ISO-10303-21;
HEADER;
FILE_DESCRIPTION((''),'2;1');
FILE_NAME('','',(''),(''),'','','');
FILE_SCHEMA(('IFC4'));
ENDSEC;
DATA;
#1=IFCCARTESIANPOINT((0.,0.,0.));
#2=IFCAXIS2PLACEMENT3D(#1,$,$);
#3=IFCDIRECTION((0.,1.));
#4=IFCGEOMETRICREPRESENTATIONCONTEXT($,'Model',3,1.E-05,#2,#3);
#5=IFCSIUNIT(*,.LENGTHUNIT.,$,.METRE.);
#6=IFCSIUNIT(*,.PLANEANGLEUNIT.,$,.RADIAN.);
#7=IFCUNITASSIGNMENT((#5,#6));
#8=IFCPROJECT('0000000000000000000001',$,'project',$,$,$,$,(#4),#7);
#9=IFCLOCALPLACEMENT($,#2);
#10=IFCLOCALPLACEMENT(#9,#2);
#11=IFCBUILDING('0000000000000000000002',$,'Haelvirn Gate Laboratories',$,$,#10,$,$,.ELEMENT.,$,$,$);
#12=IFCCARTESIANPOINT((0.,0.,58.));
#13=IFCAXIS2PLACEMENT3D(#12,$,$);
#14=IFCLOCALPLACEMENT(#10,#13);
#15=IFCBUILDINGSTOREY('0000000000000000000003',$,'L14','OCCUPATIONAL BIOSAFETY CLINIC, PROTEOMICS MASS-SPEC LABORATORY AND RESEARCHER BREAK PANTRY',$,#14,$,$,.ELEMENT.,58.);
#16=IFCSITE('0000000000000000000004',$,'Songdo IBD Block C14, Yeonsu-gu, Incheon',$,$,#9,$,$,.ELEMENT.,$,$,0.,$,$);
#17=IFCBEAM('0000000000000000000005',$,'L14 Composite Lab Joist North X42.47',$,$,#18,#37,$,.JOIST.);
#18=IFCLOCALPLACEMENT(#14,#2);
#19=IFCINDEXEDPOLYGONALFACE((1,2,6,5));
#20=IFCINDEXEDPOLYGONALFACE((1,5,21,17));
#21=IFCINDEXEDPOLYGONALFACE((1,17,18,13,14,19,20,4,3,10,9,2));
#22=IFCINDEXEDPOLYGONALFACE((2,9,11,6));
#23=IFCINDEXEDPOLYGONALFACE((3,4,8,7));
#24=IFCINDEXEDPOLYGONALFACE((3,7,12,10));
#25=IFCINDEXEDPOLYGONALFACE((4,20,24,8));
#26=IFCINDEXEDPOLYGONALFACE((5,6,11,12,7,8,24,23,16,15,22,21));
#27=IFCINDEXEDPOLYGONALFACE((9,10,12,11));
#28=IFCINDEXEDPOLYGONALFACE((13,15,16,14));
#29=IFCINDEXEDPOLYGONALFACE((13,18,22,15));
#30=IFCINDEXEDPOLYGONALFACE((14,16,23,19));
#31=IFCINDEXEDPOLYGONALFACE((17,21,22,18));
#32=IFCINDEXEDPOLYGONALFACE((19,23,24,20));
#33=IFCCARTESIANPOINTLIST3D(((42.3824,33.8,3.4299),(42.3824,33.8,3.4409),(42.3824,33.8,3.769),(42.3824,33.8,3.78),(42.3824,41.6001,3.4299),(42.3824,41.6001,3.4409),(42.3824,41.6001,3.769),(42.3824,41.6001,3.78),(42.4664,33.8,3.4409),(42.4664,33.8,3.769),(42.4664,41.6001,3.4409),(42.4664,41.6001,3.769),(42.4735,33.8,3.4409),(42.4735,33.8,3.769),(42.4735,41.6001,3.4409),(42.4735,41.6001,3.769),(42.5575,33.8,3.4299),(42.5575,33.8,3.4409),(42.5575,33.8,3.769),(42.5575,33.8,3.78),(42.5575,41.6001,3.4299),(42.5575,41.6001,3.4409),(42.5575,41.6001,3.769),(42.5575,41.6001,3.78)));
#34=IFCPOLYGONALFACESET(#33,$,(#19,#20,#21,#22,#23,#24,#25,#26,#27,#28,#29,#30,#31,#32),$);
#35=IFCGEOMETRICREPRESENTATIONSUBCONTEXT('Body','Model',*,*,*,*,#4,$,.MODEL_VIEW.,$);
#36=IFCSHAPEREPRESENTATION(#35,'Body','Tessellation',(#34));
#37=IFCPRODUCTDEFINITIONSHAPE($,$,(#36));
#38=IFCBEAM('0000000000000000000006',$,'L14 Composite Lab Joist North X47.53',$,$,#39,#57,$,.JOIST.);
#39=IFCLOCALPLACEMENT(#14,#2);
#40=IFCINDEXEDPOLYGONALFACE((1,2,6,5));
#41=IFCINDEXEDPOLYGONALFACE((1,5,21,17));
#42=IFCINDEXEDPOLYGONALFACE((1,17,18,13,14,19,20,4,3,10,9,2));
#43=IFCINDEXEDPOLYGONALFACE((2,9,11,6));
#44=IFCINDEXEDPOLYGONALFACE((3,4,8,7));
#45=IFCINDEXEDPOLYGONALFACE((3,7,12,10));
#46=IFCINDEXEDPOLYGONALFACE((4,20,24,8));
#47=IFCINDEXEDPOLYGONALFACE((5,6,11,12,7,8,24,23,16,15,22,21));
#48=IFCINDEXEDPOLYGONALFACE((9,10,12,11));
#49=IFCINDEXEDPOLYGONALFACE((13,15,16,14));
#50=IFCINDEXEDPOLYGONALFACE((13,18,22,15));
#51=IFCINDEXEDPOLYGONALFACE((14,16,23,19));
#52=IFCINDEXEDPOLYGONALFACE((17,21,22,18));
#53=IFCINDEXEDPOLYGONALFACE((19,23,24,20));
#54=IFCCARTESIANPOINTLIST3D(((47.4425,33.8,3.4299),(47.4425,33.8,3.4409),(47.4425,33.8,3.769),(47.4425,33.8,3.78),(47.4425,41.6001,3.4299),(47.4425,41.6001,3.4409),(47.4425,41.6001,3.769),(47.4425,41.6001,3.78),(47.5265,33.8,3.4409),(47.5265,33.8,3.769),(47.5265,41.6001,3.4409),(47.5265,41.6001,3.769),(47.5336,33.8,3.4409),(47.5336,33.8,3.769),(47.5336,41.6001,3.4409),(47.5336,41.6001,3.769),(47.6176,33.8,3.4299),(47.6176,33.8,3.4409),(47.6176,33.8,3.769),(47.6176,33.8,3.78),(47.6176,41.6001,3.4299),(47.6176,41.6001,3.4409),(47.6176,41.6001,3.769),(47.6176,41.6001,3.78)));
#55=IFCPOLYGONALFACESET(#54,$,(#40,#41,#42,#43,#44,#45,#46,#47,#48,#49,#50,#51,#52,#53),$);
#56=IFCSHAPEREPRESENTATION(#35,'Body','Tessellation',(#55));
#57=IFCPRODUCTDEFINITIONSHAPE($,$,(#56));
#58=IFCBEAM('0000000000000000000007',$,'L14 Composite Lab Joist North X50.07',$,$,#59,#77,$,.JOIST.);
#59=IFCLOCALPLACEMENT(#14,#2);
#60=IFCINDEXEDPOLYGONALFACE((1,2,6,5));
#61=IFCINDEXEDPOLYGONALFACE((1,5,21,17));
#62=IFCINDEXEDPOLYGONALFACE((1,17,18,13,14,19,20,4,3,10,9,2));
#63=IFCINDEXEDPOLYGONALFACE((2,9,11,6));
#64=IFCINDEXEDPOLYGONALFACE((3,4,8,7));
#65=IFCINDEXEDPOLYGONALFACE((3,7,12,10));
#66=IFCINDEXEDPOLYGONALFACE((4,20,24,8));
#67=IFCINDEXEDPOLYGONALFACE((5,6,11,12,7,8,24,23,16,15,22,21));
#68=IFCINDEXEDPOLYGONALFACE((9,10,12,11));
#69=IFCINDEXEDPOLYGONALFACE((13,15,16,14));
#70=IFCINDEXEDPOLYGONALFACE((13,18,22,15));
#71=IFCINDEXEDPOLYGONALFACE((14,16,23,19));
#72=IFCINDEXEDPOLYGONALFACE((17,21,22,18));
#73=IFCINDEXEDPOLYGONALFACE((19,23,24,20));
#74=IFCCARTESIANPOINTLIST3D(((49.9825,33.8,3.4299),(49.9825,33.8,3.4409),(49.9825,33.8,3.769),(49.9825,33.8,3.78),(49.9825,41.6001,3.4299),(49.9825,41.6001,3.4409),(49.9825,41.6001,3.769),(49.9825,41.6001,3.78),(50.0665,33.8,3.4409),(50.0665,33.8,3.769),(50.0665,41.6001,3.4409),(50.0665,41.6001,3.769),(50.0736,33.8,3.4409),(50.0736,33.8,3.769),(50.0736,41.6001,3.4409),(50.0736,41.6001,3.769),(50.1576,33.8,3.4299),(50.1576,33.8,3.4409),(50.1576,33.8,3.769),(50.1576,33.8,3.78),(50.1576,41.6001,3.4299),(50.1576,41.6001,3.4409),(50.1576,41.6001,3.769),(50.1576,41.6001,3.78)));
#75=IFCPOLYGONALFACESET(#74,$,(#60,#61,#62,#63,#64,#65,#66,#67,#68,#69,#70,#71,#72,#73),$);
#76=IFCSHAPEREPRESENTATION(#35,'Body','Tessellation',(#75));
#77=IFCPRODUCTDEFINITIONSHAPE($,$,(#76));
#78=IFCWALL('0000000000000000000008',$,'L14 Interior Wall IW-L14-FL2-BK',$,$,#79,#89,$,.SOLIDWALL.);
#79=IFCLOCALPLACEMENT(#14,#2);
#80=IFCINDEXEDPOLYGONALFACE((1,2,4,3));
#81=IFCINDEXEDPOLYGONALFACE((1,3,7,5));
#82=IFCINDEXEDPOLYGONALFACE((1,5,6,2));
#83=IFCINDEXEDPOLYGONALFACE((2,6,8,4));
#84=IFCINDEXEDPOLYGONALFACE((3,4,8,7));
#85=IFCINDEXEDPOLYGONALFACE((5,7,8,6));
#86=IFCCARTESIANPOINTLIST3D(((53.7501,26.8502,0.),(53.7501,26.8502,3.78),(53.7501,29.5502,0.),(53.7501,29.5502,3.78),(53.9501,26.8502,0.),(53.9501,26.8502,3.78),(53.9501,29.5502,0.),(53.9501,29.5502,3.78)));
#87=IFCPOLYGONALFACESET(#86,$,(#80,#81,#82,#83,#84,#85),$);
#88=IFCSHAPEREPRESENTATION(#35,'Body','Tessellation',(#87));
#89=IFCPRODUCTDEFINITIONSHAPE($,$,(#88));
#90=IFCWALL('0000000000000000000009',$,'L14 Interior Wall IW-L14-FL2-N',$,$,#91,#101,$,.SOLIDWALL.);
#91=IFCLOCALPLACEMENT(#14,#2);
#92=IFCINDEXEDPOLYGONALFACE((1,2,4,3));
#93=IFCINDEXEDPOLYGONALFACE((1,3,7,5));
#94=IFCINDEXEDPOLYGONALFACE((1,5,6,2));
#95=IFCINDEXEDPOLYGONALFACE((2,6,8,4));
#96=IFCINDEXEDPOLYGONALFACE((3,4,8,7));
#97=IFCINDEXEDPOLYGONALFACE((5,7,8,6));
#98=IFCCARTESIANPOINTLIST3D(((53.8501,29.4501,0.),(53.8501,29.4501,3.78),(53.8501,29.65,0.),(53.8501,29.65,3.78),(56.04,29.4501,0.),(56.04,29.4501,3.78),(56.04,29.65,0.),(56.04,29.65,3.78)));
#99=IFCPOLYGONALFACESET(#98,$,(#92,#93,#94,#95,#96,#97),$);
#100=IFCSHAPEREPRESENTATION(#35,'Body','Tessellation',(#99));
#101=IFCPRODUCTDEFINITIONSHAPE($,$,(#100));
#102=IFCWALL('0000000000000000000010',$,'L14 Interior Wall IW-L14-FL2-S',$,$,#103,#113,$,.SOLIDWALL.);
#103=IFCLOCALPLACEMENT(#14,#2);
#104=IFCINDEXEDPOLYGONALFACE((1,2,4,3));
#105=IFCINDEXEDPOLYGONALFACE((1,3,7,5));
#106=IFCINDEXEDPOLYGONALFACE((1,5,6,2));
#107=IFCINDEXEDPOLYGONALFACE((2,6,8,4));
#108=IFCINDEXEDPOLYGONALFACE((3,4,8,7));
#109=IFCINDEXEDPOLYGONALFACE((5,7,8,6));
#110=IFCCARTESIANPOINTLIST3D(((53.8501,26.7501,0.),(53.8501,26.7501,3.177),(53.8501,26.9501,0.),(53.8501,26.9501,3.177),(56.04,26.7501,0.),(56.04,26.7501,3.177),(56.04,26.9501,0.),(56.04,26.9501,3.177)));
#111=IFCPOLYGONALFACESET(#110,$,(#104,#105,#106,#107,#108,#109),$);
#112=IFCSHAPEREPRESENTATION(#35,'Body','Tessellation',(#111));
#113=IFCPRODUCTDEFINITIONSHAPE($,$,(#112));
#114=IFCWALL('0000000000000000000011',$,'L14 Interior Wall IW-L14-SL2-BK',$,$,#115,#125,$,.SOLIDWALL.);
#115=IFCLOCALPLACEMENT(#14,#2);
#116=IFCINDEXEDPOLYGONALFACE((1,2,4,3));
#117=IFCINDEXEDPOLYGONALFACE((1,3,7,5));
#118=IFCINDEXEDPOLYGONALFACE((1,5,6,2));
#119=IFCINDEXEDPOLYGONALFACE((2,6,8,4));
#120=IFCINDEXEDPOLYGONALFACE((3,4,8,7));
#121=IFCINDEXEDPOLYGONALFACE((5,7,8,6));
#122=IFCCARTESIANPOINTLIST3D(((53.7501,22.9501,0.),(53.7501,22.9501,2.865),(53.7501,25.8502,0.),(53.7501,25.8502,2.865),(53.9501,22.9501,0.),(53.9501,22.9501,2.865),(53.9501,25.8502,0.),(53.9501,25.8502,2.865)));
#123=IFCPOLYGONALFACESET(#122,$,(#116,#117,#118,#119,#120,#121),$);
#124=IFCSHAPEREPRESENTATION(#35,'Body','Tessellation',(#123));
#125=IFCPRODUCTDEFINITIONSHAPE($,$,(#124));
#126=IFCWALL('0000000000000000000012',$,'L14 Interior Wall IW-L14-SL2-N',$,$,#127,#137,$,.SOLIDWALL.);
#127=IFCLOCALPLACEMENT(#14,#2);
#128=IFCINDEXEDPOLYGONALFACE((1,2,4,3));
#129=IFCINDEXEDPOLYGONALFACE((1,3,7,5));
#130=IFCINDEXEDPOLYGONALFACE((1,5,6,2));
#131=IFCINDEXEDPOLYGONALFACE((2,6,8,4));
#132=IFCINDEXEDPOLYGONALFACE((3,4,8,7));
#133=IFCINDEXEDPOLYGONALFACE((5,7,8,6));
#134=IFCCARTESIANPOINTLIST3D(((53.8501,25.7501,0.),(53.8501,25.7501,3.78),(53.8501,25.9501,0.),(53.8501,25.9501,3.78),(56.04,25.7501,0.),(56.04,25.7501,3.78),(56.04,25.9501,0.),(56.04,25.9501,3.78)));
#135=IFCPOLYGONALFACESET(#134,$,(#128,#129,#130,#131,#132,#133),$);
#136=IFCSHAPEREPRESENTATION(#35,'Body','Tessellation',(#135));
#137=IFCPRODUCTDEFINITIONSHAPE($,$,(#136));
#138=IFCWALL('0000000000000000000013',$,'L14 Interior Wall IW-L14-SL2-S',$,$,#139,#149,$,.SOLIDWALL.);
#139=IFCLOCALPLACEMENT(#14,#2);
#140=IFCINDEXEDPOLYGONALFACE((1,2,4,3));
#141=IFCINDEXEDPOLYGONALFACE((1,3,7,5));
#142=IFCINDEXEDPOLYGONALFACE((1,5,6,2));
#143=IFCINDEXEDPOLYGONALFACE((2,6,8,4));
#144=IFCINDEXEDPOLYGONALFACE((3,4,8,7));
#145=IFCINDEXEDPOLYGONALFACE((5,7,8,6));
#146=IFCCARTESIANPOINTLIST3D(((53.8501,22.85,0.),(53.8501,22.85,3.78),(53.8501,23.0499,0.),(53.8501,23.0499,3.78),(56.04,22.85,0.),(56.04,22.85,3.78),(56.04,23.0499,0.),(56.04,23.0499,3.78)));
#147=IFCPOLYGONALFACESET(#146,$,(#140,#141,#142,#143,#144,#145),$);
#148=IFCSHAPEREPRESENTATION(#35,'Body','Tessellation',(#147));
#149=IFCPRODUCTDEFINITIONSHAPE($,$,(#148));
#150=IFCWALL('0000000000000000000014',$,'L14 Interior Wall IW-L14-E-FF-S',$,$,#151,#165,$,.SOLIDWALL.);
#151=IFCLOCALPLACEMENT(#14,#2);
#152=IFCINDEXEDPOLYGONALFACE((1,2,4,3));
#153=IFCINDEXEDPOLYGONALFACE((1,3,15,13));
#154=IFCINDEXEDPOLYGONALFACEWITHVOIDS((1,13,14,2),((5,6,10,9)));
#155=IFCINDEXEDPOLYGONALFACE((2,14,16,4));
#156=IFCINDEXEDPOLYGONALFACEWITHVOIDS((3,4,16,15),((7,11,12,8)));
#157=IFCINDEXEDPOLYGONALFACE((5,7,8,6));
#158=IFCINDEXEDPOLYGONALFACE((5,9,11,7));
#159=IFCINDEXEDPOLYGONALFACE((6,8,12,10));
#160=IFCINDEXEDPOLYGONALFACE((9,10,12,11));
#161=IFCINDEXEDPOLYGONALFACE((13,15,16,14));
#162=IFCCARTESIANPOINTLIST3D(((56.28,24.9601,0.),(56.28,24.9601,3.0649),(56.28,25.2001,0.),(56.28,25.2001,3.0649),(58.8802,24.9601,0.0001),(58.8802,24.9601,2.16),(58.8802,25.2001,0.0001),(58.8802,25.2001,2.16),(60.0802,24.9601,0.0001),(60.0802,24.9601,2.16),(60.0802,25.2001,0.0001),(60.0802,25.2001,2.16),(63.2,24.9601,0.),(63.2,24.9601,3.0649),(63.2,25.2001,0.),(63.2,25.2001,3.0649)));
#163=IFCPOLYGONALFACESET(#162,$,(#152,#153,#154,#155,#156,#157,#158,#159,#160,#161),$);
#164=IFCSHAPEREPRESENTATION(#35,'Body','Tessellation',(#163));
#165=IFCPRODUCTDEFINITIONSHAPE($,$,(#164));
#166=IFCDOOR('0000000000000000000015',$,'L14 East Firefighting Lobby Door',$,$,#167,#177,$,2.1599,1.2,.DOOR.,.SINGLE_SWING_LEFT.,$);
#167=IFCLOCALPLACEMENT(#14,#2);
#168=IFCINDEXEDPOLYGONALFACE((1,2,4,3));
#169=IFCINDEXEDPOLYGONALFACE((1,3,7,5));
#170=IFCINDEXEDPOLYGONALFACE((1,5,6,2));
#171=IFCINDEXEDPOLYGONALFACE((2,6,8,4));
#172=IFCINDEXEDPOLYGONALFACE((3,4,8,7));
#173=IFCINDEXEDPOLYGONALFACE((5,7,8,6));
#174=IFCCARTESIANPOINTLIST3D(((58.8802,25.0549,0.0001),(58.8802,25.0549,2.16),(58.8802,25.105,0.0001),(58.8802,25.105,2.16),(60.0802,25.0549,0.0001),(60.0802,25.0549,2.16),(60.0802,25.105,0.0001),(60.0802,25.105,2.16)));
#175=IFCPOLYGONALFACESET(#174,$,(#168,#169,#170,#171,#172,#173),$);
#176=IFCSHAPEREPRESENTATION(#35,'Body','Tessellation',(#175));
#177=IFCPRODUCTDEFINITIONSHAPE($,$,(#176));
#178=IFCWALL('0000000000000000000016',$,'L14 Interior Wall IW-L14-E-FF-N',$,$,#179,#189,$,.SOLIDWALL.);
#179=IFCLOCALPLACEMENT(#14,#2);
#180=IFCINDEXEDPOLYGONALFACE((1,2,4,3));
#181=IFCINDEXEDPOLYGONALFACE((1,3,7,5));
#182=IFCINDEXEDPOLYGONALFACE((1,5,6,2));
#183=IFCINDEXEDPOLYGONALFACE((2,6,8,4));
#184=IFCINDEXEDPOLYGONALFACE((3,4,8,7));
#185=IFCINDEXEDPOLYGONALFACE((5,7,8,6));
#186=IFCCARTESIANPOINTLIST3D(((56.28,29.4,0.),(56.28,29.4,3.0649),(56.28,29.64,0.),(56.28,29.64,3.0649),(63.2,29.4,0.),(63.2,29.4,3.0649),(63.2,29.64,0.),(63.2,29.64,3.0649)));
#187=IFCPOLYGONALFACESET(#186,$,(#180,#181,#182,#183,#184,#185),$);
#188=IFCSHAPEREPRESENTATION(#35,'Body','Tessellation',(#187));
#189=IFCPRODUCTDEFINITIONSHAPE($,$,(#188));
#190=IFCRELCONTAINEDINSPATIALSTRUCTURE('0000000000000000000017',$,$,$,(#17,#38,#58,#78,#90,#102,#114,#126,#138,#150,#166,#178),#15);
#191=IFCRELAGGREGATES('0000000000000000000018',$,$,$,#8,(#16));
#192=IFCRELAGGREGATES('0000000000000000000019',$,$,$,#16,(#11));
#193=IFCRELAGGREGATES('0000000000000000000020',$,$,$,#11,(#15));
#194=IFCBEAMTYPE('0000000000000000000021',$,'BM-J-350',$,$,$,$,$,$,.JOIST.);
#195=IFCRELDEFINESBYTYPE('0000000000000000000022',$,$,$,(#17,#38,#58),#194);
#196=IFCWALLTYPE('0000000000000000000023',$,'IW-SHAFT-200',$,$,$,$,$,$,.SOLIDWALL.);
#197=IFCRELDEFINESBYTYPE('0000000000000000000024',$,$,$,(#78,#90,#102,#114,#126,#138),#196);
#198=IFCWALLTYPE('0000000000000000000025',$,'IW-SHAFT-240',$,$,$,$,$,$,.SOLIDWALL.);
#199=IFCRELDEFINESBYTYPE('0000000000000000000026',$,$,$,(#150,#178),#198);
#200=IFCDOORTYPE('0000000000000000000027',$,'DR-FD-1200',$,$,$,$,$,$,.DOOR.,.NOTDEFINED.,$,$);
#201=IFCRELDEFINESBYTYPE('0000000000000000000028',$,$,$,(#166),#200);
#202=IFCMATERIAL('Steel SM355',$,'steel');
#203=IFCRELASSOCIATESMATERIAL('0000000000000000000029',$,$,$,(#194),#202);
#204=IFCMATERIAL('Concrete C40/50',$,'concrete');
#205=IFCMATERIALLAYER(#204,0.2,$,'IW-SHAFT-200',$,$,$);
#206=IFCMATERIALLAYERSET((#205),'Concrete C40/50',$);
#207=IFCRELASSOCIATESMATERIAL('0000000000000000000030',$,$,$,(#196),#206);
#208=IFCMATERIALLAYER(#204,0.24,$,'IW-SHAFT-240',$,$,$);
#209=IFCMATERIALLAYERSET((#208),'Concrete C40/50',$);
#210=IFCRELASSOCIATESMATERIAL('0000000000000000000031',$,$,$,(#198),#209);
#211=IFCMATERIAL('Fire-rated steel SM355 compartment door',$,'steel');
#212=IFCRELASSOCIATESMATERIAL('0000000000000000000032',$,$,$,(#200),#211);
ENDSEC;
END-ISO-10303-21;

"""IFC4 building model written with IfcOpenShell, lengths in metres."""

from ifc_helpers import new_model, si_unit, direction, frame, frame_2d, origin, origin_2d, place, context, subcontext, project, spatial, rectangle, i_section, extrude, source, transform, mapped, material, layer, layer_set, material_profile, profile_set, type_object, type_shapes, element, fill, save


model = new_model("IFC4")

# Units and contexts
model_context = context("Model", 3, precision=1e-05, world=origin(), true_north=direction((0.0, 1.0)))
body_context = subcontext(model_context, "Body", "Model", "MODEL_VIEW")
ifc_project = project(units=[si_unit("LENGTHUNIT", "METRE"), si_unit("PLANEANGLEUNIT", "RADIAN")], contexts=[model_context])

# Site, building, storey
site_placement = place(None, origin())
site = spatial("IfcSite", under=ifc_project, at=site_placement, Name="Songdo IBD Block C14, Yeonsu-gu, Incheon", CompositionType="ELEMENT", RefElevation=0.0)
building_placement = place(site_placement, origin())
building = spatial("IfcBuilding", under=site, at=building_placement, Name="Haelvirn Gate Laboratories", CompositionType="ELEMENT")
storey_placement = place(building_placement, frame((0.0, 0.0, 58.0)))
storey = spatial("IfcBuildingStorey", under=building, at=storey_placement, Name="L14", Description="OCCUPATIONAL BIOSAFETY CLINIC, PROTEOMICS MASS-SPEC LABORATORY AND RESEARCHER BREAK PANTRY", CompositionType="ELEMENT", Elevation=58.0)

# Beams
ifc_material_1 = material(Name="Steel SM355", Category="steel")
ifc_material_profile_1 = material_profile(ifc_material_1, i_section(OverallWidth=0.175, OverallDepth=0.3501, WebThickness=0.0071, FlangeThickness=0.011, at=origin_2d()), Name="H-350x175x7x11")
ifc_profile_set_1 = profile_set([ifc_material_profile_1], Name="Steel SM355")
beam_type_1 = type_object("IfcBeamType", Name="BM-J-350", PredefinedType="JOIST", material=ifc_profile_set_1)
shared_shape_1 = source(origin(), body_context, "Body", "SweptSolid", [
    extrude(i_section(OverallWidth=0.175, OverallDepth=0.3501, WebThickness=0.0071, FlangeThickness=0.011, at=origin_2d()), origin(), (0.0, 0.0, 1.0), 7.8),
])
type_shapes(beam_type_1, [shared_shape_1])
for number, where, z_axis, x_axis, name in (
    (1, (42.47, 33.8, 3.605), (0.0, 1.0, 0.0), (-1.0, 0.0, 0.0), "L14 Composite Lab Joist North X42.47"),
    (2, (47.53, 33.8, 3.605), (0.0, 1.0, 0.0), (-1.0, 0.0, 0.0), "L14 Composite Lab Joist North X47.53"),
    (3, (50.0701, 33.8, 3.605), (0.0, 1.0, 0.0), (-1.0, 0.0, 0.0), "L14 Composite Lab Joist North X50.07"),
):
    element("IfcBeam", number, at=place(storey_placement, frame(where, z_axis=z_axis, x_axis=x_axis)), inside=storey, type_object=beam_type_1, Name=name, PredefinedType="JOIST", context=body_context, shape_type="MappedRepresentation", body=[
        mapped(shared_shape_1, transform((0.0, 0.0, 0.0), scale=1.0)),
    ])

# Walls
ifc_material_2 = material(Name="Concrete C40/50", Category="concrete")
ifc_layer_1 = layer(ifc_material_2, 0.2, Name="IW-SHAFT-200")
ifc_layer_set_1 = layer_set([ifc_layer_1], Name="Concrete C40/50")
wall_type_1 = type_object("IfcWallType", Name="IW-SHAFT-200", PredefinedType="SOLIDWALL", material=ifc_layer_set_1)
wall_1_placement = place(storey_placement, frame((53.8501, 26.8501, 0.0), z_axis=(0.0, 0.0, 1.0), x_axis=(0.0, 1.0, 0.0)))
element("IfcWall", 4, at=wall_1_placement, inside=storey, type_object=wall_type_1, Name="L14 Interior Wall IW-L14-FL2-BK", PredefinedType="SOLIDWALL", context=body_context, shape_type="SweptSolid", body=[
    extrude(rectangle(XDim=2.7, YDim=0.2, at=frame_2d((1.3501, 0.0))), origin(), (0.0, 0.0, 1.0), 3.78),
])
wall_2_placement = place(storey_placement, frame((53.8501, 29.55, 0.0), z_axis=(0.0, 0.0, 1.0), x_axis=(1.0, 0.0, 0.0)))
element("IfcWall", 5, at=wall_2_placement, inside=storey, type_object=wall_type_1, Name="L14 Interior Wall IW-L14-FL2-N", PredefinedType="SOLIDWALL", context=body_context, shape_type="SweptSolid", body=[
    extrude(rectangle(XDim=2.1899, YDim=0.2, at=frame_2d((1.095, 0.0))), origin(), (0.0, 0.0, 1.0), 3.78),
])
wall_3_placement = place(storey_placement, frame((53.8501, 26.8501, 0.0), z_axis=(0.0, 0.0, 1.0), x_axis=(1.0, 0.0, 0.0)))
element("IfcWall", 6, at=wall_3_placement, inside=storey, type_object=wall_type_1, Name="L14 Interior Wall IW-L14-FL2-S", PredefinedType="SOLIDWALL", context=body_context, shape_type="SweptSolid", body=[
    extrude(rectangle(XDim=2.1899, YDim=0.2, at=frame_2d((1.095, 0.0))), origin(), (0.0, 0.0, 1.0), 3.177),
])
wall_4_placement = place(storey_placement, frame((53.8501, 22.95, 0.0), z_axis=(0.0, 0.0, 1.0), x_axis=(0.0, 1.0, 0.0)))
element("IfcWall", 7, at=wall_4_placement, inside=storey, type_object=wall_type_1, Name="L14 Interior Wall IW-L14-SL2-BK", PredefinedType="SOLIDWALL", context=body_context, shape_type="SweptSolid", body=[
    extrude(rectangle(XDim=2.9001, YDim=0.2, at=frame_2d((1.4502, 0.0))), origin(), (0.0, 0.0, 1.0), 2.865),
])
for number, where, z_axis, x_axis, name in (
    (8, (53.8501, 25.8501, 0.0), (0.0, 0.0, 1.0), (1.0, 0.0, 0.0), "L14 Interior Wall IW-L14-SL2-N"),
    (9, (53.8501, 22.95, 0.0), (0.0, 0.0, 1.0), (1.0, 0.0, 0.0), "L14 Interior Wall IW-L14-SL2-S"),
):
    element("IfcWall", number, at=place(storey_placement, frame(where, z_axis=z_axis, x_axis=x_axis)), inside=storey, type_object=wall_type_1, Name=name, PredefinedType="SOLIDWALL", context=body_context, shape_type="SweptSolid", body=[
        extrude(rectangle(XDim=2.1899, YDim=0.2, at=frame_2d((1.095, 0.0))), origin(), (0.0, 0.0, 1.0), 3.78),
    ])

# Wall, opening, door
ifc_layer_2 = layer(ifc_material_2, 0.24, Name="IW-SHAFT-240")
ifc_layer_set_2 = layer_set([ifc_layer_2], Name="Concrete C40/50")
wall_type_2 = type_object("IfcWallType", Name="IW-SHAFT-240", PredefinedType="SOLIDWALL", material=ifc_layer_set_2)
wall_5_placement = place(storey_placement, frame((56.28, 25.0801, 0.0), z_axis=(0.0, 0.0, 1.0), x_axis=(1.0, 0.0, 0.0)))
wall_5 = element("IfcWall", 10, at=wall_5_placement, inside=storey, type_object=wall_type_2, Name="L14 Interior Wall IW-L14-E-FF-S", PredefinedType="SOLIDWALL", context=body_context, shape_type="SweptSolid", body=[
    extrude(rectangle(XDim=6.9199, YDim=0.24, at=frame_2d((3.46, 0.0))), origin(), (0.0, 0.0, 1.0), 3.0649),
])
opening_1_placement = place(wall_5_placement, frame((2.6001, 0.0, 0.0)))
opening_1 = element("IfcOpeningElement", 11, at=opening_1_placement, cuts=wall_5, PredefinedType="OPENING", context=body_context, shape_type="SweptSolid", body=[
    extrude(rectangle(XDim=1.2, YDim=2.1599, at=frame_2d((0.6001, 1.0801))), frame((0.0, 0.1299, 0.0), z_axis=(0.0, -1.0, 0.0), x_axis=(1.0, 0.0, 0.0)), (0.0, 0.0, 1.0), 0.26),
])
ifc_material_3 = material(Name="Fire-rated steel SM355 compartment door", Category="steel")
door_type_1 = type_object("IfcDoorType", Name="DR-FD-1200", OperationType="NOTDEFINED", PredefinedType="DOOR", material=ifc_material_3)
shared_shape_2 = source(origin(), body_context, "Body", "SweptSolid", [
    extrude(rectangle(XDim=1.2, YDim=2.1599, at=frame_2d((0.6001, 1.0801))), frame((0.0, 0.0249, 0.0), z_axis=(0.0, -1.0, 0.0), x_axis=(1.0, 0.0, 0.0)), (0.0, 0.0, 1.0), 0.05),
])
type_shapes(door_type_1, [shared_shape_2])
door_1_placement = place(opening_1_placement, origin())
door_1 = element("IfcDoor", 12, at=door_1_placement, inside=storey, type_object=door_type_1, Name="L14 East Firefighting Lobby Door", OperationType="SINGLE_SWING_LEFT", OverallHeight=2.1599, OverallWidth=1.2, PredefinedType="DOOR", context=body_context, shape_type="MappedRepresentation", body=[
    mapped(shared_shape_2, transform((0.0, 0.0, 0.0), scale=1.0)),
])
fill(opening_1, door_1)

# Wall
wall_6_placement = place(storey_placement, frame((56.28, 29.52, 0.0), z_axis=(0.0, 0.0, 1.0), x_axis=(1.0, 0.0, 0.0)))
element("IfcWall", 13, at=wall_6_placement, inside=storey, type_object=wall_type_2, Name="L14 Interior Wall IW-L14-E-FF-N", PredefinedType="SOLIDWALL", context=body_context, shape_type="SweptSolid", body=[
    extrude(rectangle(XDim=6.9199, YDim=0.24, at=frame_2d((3.46, 0.0))), origin(), (0.0, 0.0, 1.0), 3.0649),
])

save(model, "model.ifc")
